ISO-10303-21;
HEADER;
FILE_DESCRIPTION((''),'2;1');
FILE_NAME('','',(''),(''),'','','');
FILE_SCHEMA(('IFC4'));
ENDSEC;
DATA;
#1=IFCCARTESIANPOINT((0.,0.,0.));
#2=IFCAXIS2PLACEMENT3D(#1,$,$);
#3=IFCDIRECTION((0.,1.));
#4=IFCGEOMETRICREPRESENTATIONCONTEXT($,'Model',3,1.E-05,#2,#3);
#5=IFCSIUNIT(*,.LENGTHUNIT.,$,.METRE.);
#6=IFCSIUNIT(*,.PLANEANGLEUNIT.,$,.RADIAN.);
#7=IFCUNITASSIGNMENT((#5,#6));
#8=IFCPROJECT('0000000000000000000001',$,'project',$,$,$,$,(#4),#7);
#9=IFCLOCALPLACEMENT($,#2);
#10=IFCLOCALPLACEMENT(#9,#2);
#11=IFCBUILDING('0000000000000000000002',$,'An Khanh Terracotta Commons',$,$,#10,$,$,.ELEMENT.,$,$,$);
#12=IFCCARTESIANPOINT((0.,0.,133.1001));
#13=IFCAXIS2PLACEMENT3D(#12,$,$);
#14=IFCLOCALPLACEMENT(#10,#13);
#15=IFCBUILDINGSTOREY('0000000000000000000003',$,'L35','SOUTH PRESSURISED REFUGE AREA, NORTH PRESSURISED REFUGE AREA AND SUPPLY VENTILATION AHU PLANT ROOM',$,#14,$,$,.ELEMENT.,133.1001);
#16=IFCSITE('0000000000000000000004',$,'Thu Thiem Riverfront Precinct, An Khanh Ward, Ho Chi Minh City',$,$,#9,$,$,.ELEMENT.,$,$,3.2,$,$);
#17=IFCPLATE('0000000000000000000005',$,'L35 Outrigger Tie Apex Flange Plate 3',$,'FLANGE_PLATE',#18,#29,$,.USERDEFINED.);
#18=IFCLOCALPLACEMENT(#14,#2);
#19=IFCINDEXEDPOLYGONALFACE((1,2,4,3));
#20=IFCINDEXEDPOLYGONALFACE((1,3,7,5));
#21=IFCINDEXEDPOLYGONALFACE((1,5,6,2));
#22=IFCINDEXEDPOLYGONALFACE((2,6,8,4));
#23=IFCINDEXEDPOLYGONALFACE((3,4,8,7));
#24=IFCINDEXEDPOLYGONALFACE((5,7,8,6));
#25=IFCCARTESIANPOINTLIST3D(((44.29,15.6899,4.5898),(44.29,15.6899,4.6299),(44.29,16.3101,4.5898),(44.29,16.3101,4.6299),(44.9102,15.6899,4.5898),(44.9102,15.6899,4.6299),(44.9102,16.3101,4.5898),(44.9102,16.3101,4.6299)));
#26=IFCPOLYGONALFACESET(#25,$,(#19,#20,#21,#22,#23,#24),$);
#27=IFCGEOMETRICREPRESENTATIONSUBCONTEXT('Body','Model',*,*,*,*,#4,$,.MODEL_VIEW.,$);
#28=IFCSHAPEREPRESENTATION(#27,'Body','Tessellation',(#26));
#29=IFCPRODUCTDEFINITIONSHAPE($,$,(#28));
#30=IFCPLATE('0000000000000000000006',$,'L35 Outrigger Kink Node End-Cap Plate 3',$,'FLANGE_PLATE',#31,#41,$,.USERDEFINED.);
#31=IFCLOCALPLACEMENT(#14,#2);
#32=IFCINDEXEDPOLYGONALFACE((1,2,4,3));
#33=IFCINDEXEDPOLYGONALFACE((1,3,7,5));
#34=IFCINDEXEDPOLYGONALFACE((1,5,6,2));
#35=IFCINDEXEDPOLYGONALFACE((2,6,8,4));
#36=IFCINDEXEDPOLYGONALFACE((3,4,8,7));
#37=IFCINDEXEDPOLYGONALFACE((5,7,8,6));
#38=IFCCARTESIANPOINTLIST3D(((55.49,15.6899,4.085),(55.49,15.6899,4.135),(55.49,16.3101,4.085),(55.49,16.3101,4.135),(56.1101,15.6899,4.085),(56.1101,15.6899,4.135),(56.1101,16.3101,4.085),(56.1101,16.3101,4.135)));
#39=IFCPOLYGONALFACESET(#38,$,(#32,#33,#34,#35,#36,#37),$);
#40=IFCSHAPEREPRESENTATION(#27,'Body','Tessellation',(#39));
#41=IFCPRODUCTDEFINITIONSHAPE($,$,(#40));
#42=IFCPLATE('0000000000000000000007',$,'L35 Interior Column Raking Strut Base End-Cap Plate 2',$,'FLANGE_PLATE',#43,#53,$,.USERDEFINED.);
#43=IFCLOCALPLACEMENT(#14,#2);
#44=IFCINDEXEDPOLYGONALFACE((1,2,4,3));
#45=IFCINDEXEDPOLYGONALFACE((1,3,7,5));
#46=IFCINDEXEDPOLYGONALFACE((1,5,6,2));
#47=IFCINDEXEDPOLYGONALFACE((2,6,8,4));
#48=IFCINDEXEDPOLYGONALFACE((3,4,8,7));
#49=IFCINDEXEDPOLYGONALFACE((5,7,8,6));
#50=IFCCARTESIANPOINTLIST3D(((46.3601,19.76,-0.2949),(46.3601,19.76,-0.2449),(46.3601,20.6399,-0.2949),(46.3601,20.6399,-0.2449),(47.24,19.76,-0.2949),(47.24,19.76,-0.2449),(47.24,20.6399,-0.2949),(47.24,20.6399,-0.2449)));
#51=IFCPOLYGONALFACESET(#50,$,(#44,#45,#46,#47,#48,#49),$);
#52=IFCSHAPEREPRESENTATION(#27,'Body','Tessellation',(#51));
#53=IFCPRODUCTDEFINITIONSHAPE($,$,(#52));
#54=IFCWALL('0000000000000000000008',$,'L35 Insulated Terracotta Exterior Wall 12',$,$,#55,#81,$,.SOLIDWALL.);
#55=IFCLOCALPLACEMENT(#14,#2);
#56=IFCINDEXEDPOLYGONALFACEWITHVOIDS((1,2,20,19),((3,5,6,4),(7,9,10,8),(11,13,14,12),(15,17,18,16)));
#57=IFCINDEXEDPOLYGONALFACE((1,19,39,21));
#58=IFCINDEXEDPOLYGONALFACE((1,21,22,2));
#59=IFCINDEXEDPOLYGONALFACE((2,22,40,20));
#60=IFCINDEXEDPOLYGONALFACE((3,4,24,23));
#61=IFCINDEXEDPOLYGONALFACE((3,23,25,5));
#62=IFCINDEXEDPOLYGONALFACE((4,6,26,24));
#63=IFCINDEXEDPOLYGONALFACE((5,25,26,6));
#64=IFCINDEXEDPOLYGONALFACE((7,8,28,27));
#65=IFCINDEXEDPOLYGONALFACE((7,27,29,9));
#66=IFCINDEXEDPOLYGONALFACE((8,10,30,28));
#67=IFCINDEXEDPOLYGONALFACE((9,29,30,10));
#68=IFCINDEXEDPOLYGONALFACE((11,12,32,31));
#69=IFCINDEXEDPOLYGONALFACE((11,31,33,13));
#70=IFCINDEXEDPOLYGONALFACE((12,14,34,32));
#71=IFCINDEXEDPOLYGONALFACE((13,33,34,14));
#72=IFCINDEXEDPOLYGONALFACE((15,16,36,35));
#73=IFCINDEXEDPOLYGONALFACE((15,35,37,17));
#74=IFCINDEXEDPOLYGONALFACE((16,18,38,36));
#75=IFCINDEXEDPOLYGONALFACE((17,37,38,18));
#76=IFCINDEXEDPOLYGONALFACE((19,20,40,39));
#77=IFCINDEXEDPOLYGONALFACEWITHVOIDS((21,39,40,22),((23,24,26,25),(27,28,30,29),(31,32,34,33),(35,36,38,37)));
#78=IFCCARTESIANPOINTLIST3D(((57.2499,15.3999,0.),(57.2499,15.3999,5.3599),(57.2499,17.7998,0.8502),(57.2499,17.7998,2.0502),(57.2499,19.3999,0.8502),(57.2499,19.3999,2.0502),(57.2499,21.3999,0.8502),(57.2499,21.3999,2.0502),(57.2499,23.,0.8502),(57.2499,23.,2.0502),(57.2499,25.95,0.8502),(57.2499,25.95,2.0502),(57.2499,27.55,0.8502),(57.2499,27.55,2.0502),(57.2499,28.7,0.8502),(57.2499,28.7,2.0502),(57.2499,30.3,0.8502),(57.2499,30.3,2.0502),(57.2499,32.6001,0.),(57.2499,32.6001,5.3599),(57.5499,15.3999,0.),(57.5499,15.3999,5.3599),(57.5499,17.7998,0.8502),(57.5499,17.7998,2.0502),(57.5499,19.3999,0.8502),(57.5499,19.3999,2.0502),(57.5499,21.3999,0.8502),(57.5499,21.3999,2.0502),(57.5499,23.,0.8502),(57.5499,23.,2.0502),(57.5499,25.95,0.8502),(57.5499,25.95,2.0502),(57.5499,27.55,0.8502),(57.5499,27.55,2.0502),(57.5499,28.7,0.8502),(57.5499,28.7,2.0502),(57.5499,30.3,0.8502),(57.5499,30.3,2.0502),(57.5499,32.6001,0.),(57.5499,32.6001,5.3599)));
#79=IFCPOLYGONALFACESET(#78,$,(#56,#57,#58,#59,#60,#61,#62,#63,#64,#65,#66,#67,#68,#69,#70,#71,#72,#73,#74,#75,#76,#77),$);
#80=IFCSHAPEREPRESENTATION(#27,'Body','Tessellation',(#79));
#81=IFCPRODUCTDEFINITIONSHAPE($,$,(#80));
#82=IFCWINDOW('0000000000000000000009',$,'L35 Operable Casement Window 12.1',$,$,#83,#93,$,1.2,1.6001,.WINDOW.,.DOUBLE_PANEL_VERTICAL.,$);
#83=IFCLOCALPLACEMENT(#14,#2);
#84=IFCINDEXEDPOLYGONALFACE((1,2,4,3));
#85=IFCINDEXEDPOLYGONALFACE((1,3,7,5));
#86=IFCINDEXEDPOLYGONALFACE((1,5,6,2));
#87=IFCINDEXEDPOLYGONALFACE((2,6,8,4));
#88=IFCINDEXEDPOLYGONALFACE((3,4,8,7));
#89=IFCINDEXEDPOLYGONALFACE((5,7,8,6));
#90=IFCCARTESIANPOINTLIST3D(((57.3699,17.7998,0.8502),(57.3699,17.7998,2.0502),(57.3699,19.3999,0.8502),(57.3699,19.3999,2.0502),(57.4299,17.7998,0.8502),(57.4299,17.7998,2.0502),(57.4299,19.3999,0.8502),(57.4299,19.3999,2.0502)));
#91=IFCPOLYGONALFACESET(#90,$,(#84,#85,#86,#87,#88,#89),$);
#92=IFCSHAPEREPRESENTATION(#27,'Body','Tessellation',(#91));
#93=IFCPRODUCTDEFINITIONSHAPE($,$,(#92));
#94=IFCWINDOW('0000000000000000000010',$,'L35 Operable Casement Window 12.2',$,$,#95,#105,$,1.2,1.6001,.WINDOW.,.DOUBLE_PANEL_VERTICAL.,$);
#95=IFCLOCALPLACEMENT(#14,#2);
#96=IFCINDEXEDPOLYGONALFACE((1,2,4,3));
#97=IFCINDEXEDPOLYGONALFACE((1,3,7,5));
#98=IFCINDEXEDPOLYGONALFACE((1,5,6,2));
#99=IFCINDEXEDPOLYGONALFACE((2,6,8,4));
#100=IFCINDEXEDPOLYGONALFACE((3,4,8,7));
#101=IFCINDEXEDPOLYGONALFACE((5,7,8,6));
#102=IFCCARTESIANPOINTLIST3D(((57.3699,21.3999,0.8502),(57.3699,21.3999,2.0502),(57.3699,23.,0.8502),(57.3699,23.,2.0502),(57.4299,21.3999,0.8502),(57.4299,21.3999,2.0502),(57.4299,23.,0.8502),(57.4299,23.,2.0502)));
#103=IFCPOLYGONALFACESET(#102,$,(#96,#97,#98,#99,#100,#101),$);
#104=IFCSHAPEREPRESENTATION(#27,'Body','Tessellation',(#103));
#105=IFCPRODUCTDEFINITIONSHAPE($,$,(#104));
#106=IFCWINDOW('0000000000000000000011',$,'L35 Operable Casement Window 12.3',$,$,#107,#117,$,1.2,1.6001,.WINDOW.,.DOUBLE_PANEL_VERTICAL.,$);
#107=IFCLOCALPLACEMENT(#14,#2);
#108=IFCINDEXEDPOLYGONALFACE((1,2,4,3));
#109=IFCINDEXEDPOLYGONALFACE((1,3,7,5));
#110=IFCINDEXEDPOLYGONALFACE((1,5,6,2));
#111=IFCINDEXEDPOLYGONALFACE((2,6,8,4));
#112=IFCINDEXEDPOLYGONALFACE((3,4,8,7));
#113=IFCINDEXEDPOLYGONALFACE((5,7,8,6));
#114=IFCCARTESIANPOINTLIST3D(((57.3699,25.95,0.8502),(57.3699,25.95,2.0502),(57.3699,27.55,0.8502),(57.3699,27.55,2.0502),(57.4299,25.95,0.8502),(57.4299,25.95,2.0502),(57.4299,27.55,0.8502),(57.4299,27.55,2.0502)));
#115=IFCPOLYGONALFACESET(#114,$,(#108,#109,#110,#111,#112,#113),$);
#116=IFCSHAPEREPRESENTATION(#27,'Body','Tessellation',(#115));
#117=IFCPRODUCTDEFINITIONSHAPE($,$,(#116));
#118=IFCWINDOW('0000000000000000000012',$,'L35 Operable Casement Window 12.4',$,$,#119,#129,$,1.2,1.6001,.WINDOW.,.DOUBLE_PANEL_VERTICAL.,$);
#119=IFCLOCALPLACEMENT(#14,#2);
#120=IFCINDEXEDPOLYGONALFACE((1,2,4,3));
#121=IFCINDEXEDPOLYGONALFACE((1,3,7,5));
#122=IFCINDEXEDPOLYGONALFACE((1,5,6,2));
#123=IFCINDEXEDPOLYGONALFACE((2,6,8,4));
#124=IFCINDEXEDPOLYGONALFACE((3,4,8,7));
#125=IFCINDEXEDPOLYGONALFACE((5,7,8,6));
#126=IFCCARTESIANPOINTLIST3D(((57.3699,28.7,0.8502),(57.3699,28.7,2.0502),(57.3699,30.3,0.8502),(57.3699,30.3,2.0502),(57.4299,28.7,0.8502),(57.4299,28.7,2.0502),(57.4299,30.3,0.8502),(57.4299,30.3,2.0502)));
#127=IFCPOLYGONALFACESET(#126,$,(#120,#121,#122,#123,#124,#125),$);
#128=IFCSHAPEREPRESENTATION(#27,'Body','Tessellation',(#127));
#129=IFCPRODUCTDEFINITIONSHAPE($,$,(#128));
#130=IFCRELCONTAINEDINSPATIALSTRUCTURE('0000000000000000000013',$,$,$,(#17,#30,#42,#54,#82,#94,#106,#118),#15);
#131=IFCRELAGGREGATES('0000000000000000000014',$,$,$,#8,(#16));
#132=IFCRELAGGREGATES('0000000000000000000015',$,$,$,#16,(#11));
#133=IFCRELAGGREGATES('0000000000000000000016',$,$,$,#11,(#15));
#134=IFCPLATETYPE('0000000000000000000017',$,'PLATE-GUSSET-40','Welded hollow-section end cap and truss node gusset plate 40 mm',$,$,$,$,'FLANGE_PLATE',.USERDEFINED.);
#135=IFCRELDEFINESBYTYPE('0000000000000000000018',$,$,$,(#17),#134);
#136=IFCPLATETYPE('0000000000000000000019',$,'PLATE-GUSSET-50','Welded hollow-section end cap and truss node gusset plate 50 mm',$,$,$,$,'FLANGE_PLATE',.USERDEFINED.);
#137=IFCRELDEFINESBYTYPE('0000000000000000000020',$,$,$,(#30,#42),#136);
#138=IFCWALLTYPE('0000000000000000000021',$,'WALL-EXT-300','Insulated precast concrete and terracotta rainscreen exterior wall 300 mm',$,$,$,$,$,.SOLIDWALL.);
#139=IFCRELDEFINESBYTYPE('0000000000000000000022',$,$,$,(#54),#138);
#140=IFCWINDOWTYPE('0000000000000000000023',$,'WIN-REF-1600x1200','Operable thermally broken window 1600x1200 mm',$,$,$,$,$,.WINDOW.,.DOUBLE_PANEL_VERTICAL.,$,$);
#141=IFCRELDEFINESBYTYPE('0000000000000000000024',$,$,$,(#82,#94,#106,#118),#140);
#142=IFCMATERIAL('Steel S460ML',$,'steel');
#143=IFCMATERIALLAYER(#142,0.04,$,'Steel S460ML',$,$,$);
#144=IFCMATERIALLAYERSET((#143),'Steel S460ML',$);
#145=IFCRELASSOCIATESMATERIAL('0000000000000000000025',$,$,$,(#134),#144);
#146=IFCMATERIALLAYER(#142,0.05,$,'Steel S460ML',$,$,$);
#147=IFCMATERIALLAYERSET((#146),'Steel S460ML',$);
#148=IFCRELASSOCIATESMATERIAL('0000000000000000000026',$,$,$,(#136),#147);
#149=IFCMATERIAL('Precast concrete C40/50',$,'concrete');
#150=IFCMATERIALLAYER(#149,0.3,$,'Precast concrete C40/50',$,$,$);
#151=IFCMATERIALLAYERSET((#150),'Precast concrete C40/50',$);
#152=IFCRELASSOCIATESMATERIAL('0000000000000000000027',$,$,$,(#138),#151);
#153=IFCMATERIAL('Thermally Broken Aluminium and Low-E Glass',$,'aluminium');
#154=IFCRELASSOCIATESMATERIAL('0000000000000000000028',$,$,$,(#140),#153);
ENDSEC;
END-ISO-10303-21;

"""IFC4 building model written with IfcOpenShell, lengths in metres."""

from ifc_helpers import new_model, si_unit, direction, frame, frame_2d, origin, origin_2d, place, context, subcontext, project, spatial, rectangle, extrude, material, layer, layer_set, type_object, element, fill, save


model = new_model("IFC4")

# Units and contexts
model_context = context("Model", 3, precision=1e-05, world=origin(), true_north=direction((0.0, 1.0)))
body_context = subcontext(model_context, "Body", "Model", "MODEL_VIEW")
ifc_project = project(units=[si_unit("LENGTHUNIT", "METRE"), si_unit("PLANEANGLEUNIT", "RADIAN")], contexts=[model_context])

# Site, building, storey
site_placement = place(None, origin())
site = spatial("IfcSite", under=ifc_project, at=site_placement, Name="Thu Thiem Riverfront Precinct, An Khanh Ward, Ho Chi Minh City", CompositionType="ELEMENT", RefElevation=3.2)
building_placement = place(site_placement, origin())
building = spatial("IfcBuilding", under=site, at=building_placement, Name="An Khanh Terracotta Commons", CompositionType="ELEMENT")
storey_placement = place(building_placement, frame((0.0, 0.0, 133.1001)))
storey = spatial("IfcBuildingStorey", under=building, at=storey_placement, Name="L35", Description="SOUTH PRESSURISED REFUGE AREA, NORTH PRESSURISED REFUGE AREA AND SUPPLY VENTILATION AHU PLANT ROOM", CompositionType="ELEMENT", Elevation=133.1001)

# Shared definitions
ifc_material_1 = material(Name="Steel S460ML", Category="steel")

# Plates
ifc_layer_1 = layer(ifc_material_1, 0.04, Name="Steel S460ML")
ifc_layer_set_1 = layer_set([ifc_layer_1], Name="Steel S460ML")
plate_type_1 = type_object("IfcPlateType", Name="PLATE-GUSSET-40", Description="Welded hollow-section end cap and truss node gusset plate 40 mm", ElementType="FLANGE_PLATE", PredefinedType="USERDEFINED", material=ifc_layer_set_1)
plate_1_placement = place(storey_placement, frame((44.6001, 16.0, 4.5898), z_axis=(0.0, 0.0, 1.0), x_axis=(1.0, 0.0, 0.0)))
element("IfcPlate", 1, at=plate_1_placement, inside=storey, type_object=plate_type_1, Name="L35 Outrigger Tie Apex Flange Plate 3", ObjectType="FLANGE_PLATE", PredefinedType="USERDEFINED", context=body_context, shape_type="SweptSolid", body=[
    extrude(rectangle(XDim=0.6201, YDim=0.6201, at=origin_2d()), origin(), (0.0, 0.0, 1.0), 0.04),
])
ifc_layer_2 = layer(ifc_material_1, 0.05, Name="Steel S460ML")
ifc_layer_set_2 = layer_set([ifc_layer_2], Name="Steel S460ML")
plate_type_2 = type_object("IfcPlateType", Name="PLATE-GUSSET-50", Description="Welded hollow-section end cap and truss node gusset plate 50 mm", ElementType="FLANGE_PLATE", PredefinedType="USERDEFINED", material=ifc_layer_set_2)
plate_2_placement = place(storey_placement, frame((55.8, 16.0, 4.085), z_axis=(0.0, 0.0, 1.0), x_axis=(1.0, 0.0, 0.0)))
element("IfcPlate", 2, at=plate_2_placement, inside=storey, type_object=plate_type_2, Name="L35 Outrigger Kink Node End-Cap Plate 3", ObjectType="FLANGE_PLATE", PredefinedType="USERDEFINED", context=body_context, shape_type="SweptSolid", body=[
    extrude(rectangle(XDim=0.6201, YDim=0.6201, at=origin_2d()), origin(), (0.0, 0.0, 1.0), 0.05),
])
plate_3_placement = place(storey_placement, frame((46.8, 20.2, -0.2949), z_axis=(0.0, 0.0, 1.0), x_axis=(1.0, 0.0, 0.0)))
element("IfcPlate", 3, at=plate_3_placement, inside=storey, type_object=plate_type_2, Name="L35 Interior Column Raking Strut Base End-Cap Plate 2", ObjectType="FLANGE_PLATE", PredefinedType="USERDEFINED", context=body_context, shape_type="SweptSolid", body=[
    extrude(rectangle(XDim=0.8799, YDim=0.8799, at=origin_2d()), origin(), (0.0, 0.0, 1.0), 0.05),
])

# Wall, openings, windows
ifc_material_2 = material(Name="Precast concrete C40/50", Category="concrete")
ifc_layer_3 = layer(ifc_material_2, 0.3, Name="Precast concrete C40/50")
ifc_layer_set_3 = layer_set([ifc_layer_3], Name="Precast concrete C40/50")
wall_type = type_object("IfcWallType", Name="WALL-EXT-300", Description="Insulated precast concrete and terracotta rainscreen exterior wall 300 mm", PredefinedType="SOLIDWALL", material=ifc_layer_set_3)
wall_placement = place(storey_placement, frame((57.3999, 15.3999, 0.0), z_axis=(0.0, 0.0, 1.0), x_axis=(0.0, 1.0, 0.0)))
wall = element("IfcWall", 4, at=wall_placement, inside=storey, type_object=wall_type, Name="L35 Insulated Terracotta Exterior Wall 12", PredefinedType="SOLIDWALL", context=body_context, shape_type="SweptSolid", body=[
    extrude(rectangle(XDim=17.2002, YDim=0.3, at=frame_2d((8.6001, 0.0))), origin(), (0.0, 0.0, 1.0), 5.3599),
])
opening_1_placement = place(wall_placement, frame((2.3999, 0.0, 0.8501)))
opening_1 = element("IfcOpeningElement", 5, at=opening_1_placement, cuts=wall, PredefinedType="OPENING", context=body_context, shape_type="SweptSolid", body=[
    extrude(rectangle(XDim=1.6001, YDim=1.2, at=frame_2d((0.8, 0.6001))), frame((0.0, 0.1599, 0.0), z_axis=(0.0, -1.0, 0.0), x_axis=(1.0, 0.0, 0.0)), (0.0, 0.0, 1.0), 0.3201),
])
opening_2_placement = place(wall_placement, frame((6.0, 0.0, 0.8501)))
opening_2 = element("IfcOpeningElement", 6, at=opening_2_placement, cuts=wall, PredefinedType="OPENING", context=body_context, shape_type="SweptSolid", body=[
    extrude(rectangle(XDim=1.6001, YDim=1.2, at=frame_2d((0.8, 0.6001))), frame((0.0, 0.1599, 0.0), z_axis=(0.0, -1.0, 0.0), x_axis=(1.0, 0.0, 0.0)), (0.0, 0.0, 1.0), 0.3201),
])
opening_3_placement = place(wall_placement, frame((10.55, 0.0, 0.8501)))
opening_3 = element("IfcOpeningElement", 7, at=opening_3_placement, cuts=wall, PredefinedType="OPENING", context=body_context, shape_type="SweptSolid", body=[
    extrude(rectangle(XDim=1.6001, YDim=1.2, at=frame_2d((0.8, 0.6001))), frame((0.0, 0.1599, 0.0), z_axis=(0.0, -1.0, 0.0), x_axis=(1.0, 0.0, 0.0)), (0.0, 0.0, 1.0), 0.3201),
])
opening_4_placement = place(wall_placement, frame((13.3, 0.0, 0.8501)))
opening_4 = element("IfcOpeningElement", 8, at=opening_4_placement, cuts=wall, PredefinedType="OPENING", context=body_context, shape_type="SweptSolid", body=[
    extrude(rectangle(XDim=1.6001, YDim=1.2, at=frame_2d((0.8, 0.6001))), frame((0.0, 0.1599, 0.0), z_axis=(0.0, -1.0, 0.0), x_axis=(1.0, 0.0, 0.0)), (0.0, 0.0, 1.0), 0.3201),
])
ifc_material_3 = material(Name="Thermally Broken Aluminium and Low-E Glass", Category="aluminium")
window_type = type_object("IfcWindowType", Name="WIN-REF-1600x1200", Description="Operable thermally broken window 1600x1200 mm", PartitioningType="DOUBLE_PANEL_VERTICAL", PredefinedType="WINDOW", material=ifc_material_3)
window_1_placement = place(opening_1_placement, origin())
window_1 = element("IfcWindow", 9, at=window_1_placement, inside=storey, type_object=window_type, Name="L35 Operable Casement Window 12.1", OverallHeight=1.2, OverallWidth=1.6001, PartitioningType="DOUBLE_PANEL_VERTICAL", PredefinedType="WINDOW", context=body_context, shape_type="SweptSolid", body=[
    extrude(rectangle(XDim=1.6001, YDim=1.2, at=frame_2d((0.8, 0.6001))), frame((0.0, 0.03, 0.0), z_axis=(0.0, -1.0, 0.0), x_axis=(1.0, 0.0, 0.0)), (0.0, 0.0, 1.0), 0.0601),
])
fill(opening_1, window_1)
window_2_placement = place(opening_2_placement, origin())
window_2 = element("IfcWindow", 10, at=window_2_placement, inside=storey, type_object=window_type, Name="L35 Operable Casement Window 12.2", OverallHeight=1.2, OverallWidth=1.6001, PartitioningType="DOUBLE_PANEL_VERTICAL", PredefinedType="WINDOW", context=body_context, shape_type="SweptSolid", body=[
    extrude(rectangle(XDim=1.6001, YDim=1.2, at=frame_2d((0.8, 0.6001))), frame((0.0, 0.03, 0.0), z_axis=(0.0, -1.0, 0.0), x_axis=(1.0, 0.0, 0.0)), (0.0, 0.0, 1.0), 0.0601),
])
fill(opening_2, window_2)
window_3_placement = place(opening_3_placement, origin())
window_3 = element("IfcWindow", 11, at=window_3_placement, inside=storey, type_object=window_type, Name="L35 Operable Casement Window 12.3", OverallHeight=1.2, OverallWidth=1.6001, PartitioningType="DOUBLE_PANEL_VERTICAL", PredefinedType="WINDOW", context=body_context, shape_type="SweptSolid", body=[
    extrude(rectangle(XDim=1.6001, YDim=1.2, at=frame_2d((0.8, 0.6001))), frame((0.0, 0.03, 0.0), z_axis=(0.0, -1.0, 0.0), x_axis=(1.0, 0.0, 0.0)), (0.0, 0.0, 1.0), 0.0601),
])
fill(opening_3, window_3)
window_4_placement = place(opening_4_placement, origin())
window_4 = element("IfcWindow", 12, at=window_4_placement, inside=storey, type_object=window_type, Name="L35 Operable Casement Window 12.4", OverallHeight=1.2, OverallWidth=1.6001, PartitioningType="DOUBLE_PANEL_VERTICAL", PredefinedType="WINDOW", context=body_context, shape_type="SweptSolid", body=[
    extrude(rectangle(XDim=1.6001, YDim=1.2, at=frame_2d((0.8, 0.6001))), frame((0.0, 0.03, 0.0), z_axis=(0.0, -1.0, 0.0), x_axis=(1.0, 0.0, 0.0)), (0.0, 0.0, 1.0), 0.0601),
])
fill(opening_4, window_4)

save(model, "model.ifc")
